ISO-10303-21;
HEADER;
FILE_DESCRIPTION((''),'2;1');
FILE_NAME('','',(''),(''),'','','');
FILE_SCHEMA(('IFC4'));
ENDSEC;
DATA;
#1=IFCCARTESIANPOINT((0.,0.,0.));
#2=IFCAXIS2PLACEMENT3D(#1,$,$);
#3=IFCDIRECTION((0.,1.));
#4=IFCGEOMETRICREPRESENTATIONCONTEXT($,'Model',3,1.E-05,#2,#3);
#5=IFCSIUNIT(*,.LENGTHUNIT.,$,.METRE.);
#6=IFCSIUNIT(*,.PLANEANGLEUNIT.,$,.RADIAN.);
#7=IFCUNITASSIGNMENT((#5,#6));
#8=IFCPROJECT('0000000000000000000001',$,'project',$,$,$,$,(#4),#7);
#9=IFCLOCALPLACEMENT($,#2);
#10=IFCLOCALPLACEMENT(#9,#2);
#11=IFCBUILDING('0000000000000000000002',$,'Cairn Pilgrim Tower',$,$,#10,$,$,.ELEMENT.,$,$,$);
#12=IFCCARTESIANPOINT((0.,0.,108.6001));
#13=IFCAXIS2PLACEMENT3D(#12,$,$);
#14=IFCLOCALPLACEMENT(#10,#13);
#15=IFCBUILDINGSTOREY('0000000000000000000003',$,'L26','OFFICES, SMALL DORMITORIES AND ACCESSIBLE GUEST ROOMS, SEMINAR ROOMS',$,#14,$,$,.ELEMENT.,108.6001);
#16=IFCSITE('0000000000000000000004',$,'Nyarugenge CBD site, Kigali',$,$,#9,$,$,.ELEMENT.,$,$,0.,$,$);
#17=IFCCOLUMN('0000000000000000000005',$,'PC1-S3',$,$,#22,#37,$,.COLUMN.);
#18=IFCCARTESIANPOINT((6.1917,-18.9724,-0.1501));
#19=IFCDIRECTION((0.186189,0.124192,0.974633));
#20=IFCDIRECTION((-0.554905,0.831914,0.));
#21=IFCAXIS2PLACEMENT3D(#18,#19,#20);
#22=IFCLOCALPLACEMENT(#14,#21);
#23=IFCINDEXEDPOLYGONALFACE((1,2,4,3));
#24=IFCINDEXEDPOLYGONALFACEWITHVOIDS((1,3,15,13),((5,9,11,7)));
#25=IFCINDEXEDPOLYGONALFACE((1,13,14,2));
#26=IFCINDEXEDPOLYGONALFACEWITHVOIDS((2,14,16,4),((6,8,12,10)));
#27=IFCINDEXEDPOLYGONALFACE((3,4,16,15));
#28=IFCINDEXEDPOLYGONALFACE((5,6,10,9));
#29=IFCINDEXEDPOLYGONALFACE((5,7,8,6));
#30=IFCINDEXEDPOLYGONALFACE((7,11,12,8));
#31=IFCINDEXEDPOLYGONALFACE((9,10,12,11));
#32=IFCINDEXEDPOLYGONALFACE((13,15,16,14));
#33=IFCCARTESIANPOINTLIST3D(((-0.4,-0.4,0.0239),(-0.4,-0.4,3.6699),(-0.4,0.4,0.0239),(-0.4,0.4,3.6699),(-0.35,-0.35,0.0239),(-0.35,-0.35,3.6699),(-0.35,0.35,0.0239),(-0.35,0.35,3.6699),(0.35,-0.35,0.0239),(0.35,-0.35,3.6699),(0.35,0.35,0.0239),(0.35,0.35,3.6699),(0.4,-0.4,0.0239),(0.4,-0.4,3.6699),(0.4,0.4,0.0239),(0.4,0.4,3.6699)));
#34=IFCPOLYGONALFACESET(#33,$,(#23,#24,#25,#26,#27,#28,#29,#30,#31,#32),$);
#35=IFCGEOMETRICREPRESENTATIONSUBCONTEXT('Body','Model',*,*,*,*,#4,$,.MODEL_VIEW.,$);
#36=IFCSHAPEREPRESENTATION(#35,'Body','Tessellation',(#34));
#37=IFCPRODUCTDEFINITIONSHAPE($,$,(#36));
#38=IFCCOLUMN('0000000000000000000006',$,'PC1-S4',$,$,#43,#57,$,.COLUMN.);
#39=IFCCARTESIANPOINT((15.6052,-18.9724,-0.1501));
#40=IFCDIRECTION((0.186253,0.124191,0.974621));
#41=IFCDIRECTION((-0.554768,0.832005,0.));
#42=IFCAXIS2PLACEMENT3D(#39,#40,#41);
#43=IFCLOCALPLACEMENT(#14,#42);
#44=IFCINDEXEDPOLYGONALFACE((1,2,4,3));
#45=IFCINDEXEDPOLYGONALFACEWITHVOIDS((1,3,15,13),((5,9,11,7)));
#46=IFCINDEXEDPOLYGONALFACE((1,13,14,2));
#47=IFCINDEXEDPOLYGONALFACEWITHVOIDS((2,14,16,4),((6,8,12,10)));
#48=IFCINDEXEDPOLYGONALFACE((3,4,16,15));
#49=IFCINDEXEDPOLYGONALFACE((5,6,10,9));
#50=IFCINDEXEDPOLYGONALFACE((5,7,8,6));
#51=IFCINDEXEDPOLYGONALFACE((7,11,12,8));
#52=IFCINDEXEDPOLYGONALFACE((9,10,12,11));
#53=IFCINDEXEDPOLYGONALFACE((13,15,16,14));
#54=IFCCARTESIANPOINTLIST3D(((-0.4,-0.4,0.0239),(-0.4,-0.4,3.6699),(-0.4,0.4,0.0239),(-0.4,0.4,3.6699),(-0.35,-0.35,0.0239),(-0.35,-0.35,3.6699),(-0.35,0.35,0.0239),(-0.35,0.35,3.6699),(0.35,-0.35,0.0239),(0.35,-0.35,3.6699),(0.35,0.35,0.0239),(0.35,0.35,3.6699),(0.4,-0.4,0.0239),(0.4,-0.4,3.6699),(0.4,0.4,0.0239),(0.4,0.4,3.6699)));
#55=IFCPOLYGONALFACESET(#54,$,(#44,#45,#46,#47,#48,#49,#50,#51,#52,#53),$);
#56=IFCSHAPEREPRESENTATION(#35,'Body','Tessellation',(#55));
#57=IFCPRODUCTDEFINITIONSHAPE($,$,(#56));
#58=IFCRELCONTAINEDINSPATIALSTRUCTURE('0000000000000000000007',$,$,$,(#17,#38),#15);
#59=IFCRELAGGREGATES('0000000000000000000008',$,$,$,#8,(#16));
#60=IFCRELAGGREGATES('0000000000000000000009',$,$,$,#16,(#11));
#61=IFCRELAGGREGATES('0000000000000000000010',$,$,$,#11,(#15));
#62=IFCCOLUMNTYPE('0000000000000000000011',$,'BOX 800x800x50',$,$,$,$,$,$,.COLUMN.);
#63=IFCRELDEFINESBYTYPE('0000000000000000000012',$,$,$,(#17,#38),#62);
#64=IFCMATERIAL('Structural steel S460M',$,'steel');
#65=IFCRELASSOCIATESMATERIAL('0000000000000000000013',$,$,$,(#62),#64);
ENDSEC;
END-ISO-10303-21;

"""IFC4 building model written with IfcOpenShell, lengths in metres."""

from ifc_helpers import new_model, si_unit, direction, frame, origin, origin_2d, place, context, subcontext, project, spatial, hollow_rectangle, extrude, clip, halfspace, material, material_profile, profile_set, type_object, element, save


model = new_model("IFC4")

# Units and contexts
model_context = context("Model", 3, precision=1e-05, world=origin(), true_north=direction((0.0, 1.0)))
body_context = subcontext(model_context, "Body", "Model", "MODEL_VIEW")
ifc_project = project(units=[si_unit("LENGTHUNIT", "METRE"), si_unit("PLANEANGLEUNIT", "RADIAN")], contexts=[model_context])

# Site, building, storey
site_placement = place(None, origin())
site = spatial("IfcSite", under=ifc_project, at=site_placement, Name="Nyarugenge CBD site, Kigali", CompositionType="ELEMENT", RefElevation=0.0)
building_placement = place(site_placement, origin())
building = spatial("IfcBuilding", under=site, at=building_placement, Name="Cairn Pilgrim Tower", CompositionType="ELEMENT")
storey_placement = place(building_placement, frame((0.0, 0.0, 108.6001)))
storey = spatial("IfcBuildingStorey", under=building, at=storey_placement, Name="L26", Description="OFFICES, SMALL DORMITORIES AND ACCESSIBLE GUEST ROOMS, SEMINAR ROOMS", CompositionType="ELEMENT", Elevation=108.6001)

# Columns
ifc_material_1 = material(Name="Structural steel S460M", Category="steel")
ifc_material_profile_1 = material_profile(ifc_material_1, hollow_rectangle(XDim=0.8, YDim=0.8, WallThickness=0.05, at=origin_2d()), Name="BOX 800x800x50")
ifc_profile_set_1 = profile_set([ifc_material_profile_1], Name="Structural steel S460M")
column_type_1 = type_object("IfcColumnType", Name="BOX 800x800x50", PredefinedType="COLUMN", material=ifc_profile_set_1)
for number, where, z_axis, x_axis, name in (
    (1, (6.1917, -18.9724, -0.1501), (0.186189, 0.124192, 0.974633), (-0.554905, 0.831914, 0.0), "PC1-S3"),
    (2, (15.6052, -18.9724, -0.1501), (0.186253, 0.124191, 0.974621), (-0.554768, 0.832005, 0.0), "PC1-S4"),
):
    element("IfcColumn", number, at=place(storey_placement, frame(where, z_axis=z_axis, x_axis=x_axis)), inside=storey, type_object=column_type_1, Name=name, PredefinedType="COLUMN", context=body_context, shape_type="Clipping", body=[
        clip(clip(extrude(hollow_rectangle(XDim=0.8, YDim=0.8, WallThickness=0.05, at=origin_2d()), origin(), (0.0, 0.0, 1.0), 3.6938), halfspace(frame((0.0, 0.0, 0.0239), z_axis=(0.0, 0.0, 1.0), x_axis=(1.0, 0.0, 0.0)), True)), halfspace(frame((0.0, 0.0, 3.6699), z_axis=(0.0, 0.0, 1.0), x_axis=(1.0, 0.0, 0.0)), False)),
    ])

save(model, "model.ifc")
